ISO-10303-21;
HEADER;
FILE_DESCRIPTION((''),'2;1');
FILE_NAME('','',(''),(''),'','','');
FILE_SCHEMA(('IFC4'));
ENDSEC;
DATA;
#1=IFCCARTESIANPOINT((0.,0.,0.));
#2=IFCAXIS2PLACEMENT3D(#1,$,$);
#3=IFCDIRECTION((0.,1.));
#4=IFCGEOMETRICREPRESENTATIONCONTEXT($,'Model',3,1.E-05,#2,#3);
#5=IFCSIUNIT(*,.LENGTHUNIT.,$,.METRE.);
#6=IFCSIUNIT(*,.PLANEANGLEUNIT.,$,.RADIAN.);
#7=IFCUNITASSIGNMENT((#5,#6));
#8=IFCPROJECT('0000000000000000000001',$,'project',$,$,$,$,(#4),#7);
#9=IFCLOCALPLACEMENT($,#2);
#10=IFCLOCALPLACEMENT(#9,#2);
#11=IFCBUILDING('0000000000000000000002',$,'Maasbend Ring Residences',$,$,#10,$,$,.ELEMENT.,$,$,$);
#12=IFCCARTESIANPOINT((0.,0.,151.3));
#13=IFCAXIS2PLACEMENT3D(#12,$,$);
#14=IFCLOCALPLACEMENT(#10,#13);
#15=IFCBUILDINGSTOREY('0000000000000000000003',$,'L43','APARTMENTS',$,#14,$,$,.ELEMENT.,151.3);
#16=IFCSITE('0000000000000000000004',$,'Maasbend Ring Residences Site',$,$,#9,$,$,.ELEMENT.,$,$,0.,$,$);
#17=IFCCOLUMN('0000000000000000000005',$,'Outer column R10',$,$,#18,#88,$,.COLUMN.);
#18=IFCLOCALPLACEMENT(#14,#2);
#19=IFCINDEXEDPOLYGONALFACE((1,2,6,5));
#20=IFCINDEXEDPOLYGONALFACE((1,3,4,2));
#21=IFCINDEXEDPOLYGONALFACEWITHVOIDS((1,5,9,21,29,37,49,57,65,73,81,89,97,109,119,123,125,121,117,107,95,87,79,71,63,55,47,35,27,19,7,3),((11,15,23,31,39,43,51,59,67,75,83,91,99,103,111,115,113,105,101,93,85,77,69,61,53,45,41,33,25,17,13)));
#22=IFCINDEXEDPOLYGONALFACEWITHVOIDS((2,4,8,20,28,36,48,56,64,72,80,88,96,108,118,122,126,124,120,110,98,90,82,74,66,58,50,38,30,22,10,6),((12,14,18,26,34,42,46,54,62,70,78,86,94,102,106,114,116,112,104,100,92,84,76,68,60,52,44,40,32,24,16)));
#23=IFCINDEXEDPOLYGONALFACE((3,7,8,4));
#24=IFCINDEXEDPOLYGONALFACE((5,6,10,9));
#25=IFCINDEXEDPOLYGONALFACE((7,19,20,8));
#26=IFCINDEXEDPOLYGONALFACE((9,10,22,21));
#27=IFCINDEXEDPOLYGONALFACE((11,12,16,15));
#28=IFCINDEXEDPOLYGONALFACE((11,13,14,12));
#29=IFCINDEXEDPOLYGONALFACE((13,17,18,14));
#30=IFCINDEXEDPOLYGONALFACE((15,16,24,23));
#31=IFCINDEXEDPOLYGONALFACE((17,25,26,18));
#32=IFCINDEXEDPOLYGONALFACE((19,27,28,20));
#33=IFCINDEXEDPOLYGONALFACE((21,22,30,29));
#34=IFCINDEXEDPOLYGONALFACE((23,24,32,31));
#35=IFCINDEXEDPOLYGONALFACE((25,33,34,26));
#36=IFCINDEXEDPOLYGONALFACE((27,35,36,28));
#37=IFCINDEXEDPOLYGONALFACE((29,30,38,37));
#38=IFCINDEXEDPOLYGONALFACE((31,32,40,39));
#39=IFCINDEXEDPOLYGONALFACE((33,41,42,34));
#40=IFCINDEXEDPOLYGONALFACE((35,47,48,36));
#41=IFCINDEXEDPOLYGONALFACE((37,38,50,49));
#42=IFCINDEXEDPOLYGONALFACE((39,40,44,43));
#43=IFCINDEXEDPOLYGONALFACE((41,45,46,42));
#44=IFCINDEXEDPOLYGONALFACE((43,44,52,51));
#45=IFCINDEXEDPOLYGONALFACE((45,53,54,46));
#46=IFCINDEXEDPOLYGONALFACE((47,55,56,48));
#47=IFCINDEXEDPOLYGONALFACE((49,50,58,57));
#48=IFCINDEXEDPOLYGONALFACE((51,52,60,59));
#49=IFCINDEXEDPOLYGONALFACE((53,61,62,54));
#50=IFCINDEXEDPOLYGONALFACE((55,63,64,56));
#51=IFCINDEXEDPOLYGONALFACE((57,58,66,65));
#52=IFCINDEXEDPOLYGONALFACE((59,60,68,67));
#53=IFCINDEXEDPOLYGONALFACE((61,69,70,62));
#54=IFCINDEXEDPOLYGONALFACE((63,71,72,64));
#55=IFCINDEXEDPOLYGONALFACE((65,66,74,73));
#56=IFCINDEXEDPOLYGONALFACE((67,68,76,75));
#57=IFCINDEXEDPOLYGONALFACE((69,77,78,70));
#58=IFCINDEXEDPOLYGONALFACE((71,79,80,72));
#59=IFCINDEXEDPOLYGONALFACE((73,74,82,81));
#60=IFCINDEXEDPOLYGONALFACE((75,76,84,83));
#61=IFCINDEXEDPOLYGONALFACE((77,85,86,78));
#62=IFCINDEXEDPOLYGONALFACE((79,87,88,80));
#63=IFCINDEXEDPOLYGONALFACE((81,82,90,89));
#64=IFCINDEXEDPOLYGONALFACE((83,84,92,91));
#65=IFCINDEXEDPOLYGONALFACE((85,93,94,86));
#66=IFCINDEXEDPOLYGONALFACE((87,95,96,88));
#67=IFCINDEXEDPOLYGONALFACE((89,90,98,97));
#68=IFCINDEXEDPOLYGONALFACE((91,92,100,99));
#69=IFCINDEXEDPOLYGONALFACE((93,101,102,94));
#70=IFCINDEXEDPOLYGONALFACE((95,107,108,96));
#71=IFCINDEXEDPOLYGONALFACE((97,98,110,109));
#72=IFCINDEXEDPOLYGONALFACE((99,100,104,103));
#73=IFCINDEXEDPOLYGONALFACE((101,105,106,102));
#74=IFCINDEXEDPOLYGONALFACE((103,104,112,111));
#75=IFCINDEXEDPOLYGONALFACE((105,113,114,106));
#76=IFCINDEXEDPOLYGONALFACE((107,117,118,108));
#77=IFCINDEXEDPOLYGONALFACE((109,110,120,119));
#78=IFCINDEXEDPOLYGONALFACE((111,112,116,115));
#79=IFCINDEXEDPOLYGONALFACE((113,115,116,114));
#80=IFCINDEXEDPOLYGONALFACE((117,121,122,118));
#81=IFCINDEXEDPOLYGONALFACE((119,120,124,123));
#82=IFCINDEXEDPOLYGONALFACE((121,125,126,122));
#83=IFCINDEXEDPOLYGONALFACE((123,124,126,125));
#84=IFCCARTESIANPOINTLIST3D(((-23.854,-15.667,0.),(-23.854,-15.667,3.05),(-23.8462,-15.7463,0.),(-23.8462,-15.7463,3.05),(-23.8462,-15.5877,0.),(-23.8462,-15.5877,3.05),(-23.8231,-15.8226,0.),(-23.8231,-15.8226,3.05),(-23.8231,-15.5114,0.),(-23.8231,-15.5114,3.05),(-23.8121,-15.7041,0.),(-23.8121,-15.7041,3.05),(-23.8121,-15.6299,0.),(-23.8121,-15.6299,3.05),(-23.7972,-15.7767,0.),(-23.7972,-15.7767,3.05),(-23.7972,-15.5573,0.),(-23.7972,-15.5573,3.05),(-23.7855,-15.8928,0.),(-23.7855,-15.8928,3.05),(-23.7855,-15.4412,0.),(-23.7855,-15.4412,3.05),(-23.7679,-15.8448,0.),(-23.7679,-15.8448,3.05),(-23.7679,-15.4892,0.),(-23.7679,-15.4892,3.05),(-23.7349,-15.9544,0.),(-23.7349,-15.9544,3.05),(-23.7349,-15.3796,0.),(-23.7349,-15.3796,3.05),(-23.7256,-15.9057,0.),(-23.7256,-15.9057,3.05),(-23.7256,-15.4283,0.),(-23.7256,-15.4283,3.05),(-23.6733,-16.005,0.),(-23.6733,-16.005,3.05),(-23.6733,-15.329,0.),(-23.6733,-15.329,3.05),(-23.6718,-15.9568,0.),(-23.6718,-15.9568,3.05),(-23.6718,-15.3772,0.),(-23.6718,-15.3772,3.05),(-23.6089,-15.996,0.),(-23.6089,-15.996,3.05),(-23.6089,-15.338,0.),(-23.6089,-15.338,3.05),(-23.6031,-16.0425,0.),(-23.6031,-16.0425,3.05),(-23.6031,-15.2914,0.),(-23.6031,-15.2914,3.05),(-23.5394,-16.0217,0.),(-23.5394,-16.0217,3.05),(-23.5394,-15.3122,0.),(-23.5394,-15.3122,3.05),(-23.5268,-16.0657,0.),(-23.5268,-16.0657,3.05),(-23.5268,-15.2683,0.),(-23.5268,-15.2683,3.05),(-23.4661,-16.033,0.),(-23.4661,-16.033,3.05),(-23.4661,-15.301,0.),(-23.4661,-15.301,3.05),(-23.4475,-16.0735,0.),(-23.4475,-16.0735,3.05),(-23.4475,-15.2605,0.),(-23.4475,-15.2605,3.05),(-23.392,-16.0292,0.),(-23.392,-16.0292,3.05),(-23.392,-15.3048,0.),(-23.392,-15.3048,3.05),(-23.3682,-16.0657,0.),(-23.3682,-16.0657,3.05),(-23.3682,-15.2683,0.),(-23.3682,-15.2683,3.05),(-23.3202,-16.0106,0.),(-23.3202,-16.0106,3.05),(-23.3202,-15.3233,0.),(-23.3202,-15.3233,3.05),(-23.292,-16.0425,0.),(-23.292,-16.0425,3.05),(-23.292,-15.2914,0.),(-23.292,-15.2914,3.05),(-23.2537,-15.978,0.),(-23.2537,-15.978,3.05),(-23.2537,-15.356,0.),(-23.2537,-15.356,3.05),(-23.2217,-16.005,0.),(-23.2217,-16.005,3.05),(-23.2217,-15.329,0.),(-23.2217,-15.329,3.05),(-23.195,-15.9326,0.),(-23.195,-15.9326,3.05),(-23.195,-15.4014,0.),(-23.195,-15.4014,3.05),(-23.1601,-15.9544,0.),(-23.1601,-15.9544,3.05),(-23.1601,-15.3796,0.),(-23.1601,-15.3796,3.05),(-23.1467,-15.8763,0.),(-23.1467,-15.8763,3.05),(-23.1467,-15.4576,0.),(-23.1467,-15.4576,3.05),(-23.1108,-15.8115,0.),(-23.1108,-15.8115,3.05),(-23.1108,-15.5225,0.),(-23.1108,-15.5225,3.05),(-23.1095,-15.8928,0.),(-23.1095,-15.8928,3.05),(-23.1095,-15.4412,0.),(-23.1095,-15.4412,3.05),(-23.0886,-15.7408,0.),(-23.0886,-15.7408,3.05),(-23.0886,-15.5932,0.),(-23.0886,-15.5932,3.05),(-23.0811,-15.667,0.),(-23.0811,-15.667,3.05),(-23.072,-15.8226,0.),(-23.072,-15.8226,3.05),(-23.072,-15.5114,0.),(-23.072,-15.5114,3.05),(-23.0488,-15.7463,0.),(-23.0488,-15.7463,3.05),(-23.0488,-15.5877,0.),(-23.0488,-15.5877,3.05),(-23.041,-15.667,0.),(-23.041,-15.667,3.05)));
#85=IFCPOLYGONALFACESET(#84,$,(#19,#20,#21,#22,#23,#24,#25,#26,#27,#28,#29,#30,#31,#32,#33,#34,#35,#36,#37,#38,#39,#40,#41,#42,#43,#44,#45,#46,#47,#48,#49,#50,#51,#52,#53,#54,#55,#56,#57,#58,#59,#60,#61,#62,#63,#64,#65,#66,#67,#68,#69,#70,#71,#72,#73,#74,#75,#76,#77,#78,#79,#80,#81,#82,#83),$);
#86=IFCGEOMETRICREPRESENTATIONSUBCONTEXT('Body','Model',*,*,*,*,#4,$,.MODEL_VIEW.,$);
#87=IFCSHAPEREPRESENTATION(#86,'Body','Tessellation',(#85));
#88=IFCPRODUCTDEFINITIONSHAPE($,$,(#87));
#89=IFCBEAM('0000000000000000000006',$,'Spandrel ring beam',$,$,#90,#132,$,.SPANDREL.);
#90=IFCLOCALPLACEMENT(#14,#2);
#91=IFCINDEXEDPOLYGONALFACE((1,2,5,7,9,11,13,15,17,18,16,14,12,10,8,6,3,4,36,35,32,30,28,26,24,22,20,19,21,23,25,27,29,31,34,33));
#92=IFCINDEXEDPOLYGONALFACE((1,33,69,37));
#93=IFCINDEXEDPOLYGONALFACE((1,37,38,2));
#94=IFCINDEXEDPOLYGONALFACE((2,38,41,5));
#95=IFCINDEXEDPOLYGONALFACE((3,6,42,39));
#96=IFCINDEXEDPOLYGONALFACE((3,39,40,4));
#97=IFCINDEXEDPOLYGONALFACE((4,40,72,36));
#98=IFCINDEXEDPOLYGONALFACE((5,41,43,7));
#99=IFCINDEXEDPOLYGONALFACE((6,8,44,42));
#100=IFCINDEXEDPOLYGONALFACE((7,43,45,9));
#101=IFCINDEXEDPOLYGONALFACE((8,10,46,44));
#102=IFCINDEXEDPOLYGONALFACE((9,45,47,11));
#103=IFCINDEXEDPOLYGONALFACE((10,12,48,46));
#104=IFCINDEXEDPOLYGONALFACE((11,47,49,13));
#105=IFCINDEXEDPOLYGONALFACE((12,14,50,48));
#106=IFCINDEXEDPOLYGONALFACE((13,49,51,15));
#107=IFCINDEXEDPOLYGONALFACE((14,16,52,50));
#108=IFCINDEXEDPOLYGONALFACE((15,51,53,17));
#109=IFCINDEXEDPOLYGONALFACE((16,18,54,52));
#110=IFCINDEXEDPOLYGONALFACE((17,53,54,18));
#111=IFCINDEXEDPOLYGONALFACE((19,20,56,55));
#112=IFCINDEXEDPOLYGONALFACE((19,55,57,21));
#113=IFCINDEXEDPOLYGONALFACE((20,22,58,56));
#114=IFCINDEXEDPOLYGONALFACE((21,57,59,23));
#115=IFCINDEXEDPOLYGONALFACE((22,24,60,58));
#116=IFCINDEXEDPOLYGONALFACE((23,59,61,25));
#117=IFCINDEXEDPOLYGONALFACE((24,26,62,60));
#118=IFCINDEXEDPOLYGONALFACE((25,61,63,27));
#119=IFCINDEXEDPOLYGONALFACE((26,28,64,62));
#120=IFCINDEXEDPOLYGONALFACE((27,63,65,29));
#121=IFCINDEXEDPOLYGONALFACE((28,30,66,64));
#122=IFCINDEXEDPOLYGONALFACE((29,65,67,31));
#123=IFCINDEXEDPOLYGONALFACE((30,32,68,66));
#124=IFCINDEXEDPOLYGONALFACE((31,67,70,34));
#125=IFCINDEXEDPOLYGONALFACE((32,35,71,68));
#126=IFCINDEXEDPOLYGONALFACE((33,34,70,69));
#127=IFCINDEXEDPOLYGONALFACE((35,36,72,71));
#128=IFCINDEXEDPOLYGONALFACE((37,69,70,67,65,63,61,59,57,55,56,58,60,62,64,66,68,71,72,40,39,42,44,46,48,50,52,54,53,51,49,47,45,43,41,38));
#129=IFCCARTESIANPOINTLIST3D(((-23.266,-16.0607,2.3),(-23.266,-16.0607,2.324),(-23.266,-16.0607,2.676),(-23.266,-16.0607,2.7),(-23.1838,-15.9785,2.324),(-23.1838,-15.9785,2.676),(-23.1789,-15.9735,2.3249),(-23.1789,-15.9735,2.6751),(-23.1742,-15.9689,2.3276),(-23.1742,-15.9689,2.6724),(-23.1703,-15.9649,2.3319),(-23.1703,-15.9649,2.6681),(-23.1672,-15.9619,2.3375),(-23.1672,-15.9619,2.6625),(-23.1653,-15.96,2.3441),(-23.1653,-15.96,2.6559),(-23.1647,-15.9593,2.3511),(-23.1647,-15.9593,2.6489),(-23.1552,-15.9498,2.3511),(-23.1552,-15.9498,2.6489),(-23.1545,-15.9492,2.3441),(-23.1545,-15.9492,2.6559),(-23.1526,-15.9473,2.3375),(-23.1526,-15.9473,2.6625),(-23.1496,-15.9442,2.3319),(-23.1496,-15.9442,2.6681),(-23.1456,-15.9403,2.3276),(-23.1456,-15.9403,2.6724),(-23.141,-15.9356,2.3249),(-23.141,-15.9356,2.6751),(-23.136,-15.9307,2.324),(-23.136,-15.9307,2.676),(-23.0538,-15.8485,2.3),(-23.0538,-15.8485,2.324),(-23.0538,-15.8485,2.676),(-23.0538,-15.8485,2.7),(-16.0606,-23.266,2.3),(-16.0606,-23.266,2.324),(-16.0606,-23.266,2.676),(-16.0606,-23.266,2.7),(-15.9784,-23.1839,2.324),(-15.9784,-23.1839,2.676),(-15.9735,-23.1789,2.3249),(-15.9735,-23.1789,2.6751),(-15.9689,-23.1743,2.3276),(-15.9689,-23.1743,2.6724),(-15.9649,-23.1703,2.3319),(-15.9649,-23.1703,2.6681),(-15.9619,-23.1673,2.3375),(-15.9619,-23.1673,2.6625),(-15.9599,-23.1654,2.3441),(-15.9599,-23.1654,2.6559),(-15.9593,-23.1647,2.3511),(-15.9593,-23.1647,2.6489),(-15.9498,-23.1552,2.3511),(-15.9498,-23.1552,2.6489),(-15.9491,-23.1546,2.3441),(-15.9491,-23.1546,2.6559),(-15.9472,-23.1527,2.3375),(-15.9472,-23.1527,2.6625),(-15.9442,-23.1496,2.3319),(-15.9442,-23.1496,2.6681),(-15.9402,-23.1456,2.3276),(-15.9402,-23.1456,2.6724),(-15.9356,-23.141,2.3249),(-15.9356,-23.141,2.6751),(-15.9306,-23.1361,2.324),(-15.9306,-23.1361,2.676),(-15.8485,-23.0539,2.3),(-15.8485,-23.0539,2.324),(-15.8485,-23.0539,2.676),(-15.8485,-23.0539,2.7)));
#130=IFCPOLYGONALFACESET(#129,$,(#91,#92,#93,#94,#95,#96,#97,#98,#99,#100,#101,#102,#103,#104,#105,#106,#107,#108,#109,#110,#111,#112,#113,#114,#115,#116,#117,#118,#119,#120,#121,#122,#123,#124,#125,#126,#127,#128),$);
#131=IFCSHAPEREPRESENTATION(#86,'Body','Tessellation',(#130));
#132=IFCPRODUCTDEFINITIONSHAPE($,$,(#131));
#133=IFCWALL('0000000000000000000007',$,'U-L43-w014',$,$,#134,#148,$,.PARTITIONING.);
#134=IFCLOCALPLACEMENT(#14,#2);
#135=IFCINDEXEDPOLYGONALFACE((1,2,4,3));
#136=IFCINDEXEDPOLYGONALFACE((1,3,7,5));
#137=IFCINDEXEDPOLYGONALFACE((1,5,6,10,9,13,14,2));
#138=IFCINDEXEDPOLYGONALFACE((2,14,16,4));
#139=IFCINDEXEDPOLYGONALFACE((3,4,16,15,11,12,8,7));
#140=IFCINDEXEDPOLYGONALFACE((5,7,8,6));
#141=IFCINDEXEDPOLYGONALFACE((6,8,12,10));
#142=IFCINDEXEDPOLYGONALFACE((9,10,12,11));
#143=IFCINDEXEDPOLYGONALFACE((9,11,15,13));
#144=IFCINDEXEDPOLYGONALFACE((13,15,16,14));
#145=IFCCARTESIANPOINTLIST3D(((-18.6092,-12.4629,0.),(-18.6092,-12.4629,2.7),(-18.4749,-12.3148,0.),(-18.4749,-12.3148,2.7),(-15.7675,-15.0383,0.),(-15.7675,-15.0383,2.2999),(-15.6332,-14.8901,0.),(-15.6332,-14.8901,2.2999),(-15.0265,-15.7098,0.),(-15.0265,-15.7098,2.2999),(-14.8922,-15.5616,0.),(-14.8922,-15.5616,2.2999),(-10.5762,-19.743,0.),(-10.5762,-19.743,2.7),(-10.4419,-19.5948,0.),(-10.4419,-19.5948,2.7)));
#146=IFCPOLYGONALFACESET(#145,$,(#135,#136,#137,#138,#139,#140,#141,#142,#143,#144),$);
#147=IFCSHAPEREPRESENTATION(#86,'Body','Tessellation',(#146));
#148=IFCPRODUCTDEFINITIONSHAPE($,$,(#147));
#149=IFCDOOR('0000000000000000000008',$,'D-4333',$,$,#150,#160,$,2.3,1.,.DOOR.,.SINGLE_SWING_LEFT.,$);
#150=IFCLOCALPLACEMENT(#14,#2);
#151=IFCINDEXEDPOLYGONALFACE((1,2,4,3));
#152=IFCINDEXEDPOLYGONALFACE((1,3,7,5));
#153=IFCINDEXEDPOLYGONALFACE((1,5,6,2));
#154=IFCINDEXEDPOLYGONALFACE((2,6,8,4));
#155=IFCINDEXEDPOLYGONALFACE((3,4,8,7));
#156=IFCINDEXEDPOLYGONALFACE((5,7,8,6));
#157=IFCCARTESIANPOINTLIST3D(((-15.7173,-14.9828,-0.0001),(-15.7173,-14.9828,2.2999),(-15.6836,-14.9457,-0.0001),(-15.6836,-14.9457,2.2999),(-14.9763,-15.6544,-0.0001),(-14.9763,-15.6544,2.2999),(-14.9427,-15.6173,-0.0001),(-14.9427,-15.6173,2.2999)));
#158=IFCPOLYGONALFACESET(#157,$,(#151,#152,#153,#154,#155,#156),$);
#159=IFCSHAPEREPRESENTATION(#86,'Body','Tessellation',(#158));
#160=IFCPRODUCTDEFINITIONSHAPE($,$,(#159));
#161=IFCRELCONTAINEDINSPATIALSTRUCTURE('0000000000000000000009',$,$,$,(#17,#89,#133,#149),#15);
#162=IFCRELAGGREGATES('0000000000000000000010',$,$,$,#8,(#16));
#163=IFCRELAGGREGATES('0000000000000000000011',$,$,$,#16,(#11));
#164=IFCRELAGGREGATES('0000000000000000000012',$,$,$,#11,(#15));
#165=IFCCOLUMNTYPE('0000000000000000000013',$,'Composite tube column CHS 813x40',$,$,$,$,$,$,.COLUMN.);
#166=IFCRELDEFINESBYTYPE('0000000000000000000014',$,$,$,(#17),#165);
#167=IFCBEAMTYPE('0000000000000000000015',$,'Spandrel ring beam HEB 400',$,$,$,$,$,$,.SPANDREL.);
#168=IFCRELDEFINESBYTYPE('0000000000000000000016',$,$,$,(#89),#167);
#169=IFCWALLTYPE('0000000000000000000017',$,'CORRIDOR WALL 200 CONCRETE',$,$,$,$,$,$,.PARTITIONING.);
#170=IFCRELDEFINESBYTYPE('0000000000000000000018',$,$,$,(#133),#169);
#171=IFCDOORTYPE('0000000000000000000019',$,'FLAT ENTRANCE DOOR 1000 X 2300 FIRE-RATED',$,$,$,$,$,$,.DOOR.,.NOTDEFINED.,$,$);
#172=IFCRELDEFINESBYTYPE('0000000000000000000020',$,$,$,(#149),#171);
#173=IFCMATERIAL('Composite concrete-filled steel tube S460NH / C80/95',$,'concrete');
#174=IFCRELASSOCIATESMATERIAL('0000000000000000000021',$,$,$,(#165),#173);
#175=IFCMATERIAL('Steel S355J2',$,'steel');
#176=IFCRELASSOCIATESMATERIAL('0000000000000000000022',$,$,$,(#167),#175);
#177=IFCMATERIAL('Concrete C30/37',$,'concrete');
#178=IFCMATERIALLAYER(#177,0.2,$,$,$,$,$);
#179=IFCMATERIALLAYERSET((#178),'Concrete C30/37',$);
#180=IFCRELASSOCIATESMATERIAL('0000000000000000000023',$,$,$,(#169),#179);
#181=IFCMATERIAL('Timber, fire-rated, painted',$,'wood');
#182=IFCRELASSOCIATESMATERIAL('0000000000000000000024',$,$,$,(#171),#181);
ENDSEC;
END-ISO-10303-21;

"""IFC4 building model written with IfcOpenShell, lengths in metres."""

from ifc_helpers import new_model, si_unit, direction, frame, frame_2d, origin, origin_2d, place, context, subcontext, project, spatial, rectangle, hollow_circle, i_section, extrude, material, layer, layer_set, material_profile, profile_set, type_object, element, fill, save


model = new_model("IFC4")

# Units and contexts
model_context = context("Model", 3, precision=1e-05, world=origin(), true_north=direction((0.0, 1.0)))
body_context = subcontext(model_context, "Body", "Model", "MODEL_VIEW")
ifc_project = project(units=[si_unit("LENGTHUNIT", "METRE"), si_unit("PLANEANGLEUNIT", "RADIAN")], contexts=[model_context])

# Site, building, storey
site_placement = place(None, origin())
site = spatial("IfcSite", under=ifc_project, at=site_placement, Name="Maasbend Ring Residences Site", CompositionType="ELEMENT", RefElevation=0.0)
building_placement = place(site_placement, origin())
building = spatial("IfcBuilding", under=site, at=building_placement, Name="Maasbend Ring Residences", CompositionType="ELEMENT")
storey_placement = place(building_placement, frame((0.0, 0.0, 151.3)))
storey = spatial("IfcBuildingStorey", under=building, at=storey_placement, Name="L43", Description="APARTMENTS", CompositionType="ELEMENT", Elevation=151.3)

# Column
ifc_material_1 = material(Name="Composite concrete-filled steel tube S460NH / C80/95", Category="concrete")
ifc_material_profile_1 = material_profile(ifc_material_1, hollow_circle(Radius=0.4065, WallThickness=0.04, at=origin_2d()), Name="Composite tube column CHS 813x40")
ifc_profile_set_1 = profile_set([ifc_material_profile_1], Name="Composite concrete-filled steel tube S460NH / C80/95")
column_type = type_object("IfcColumnType", Name="Composite tube column CHS 813x40", PredefinedType="COLUMN", material=ifc_profile_set_1)
column_placement = place(storey_placement, frame((-23.4475, -15.667, 0.0), z_axis=(0.0, 0.0, 1.0), x_axis=(1.0, 0.0, 0.0)))
element("IfcColumn", 1, at=column_placement, inside=storey, type_object=column_type, Name="Outer column R10", PredefinedType="COLUMN", context=body_context, shape_type="SweptSolid", body=[
    extrude(hollow_circle(Radius=0.4065, WallThickness=0.04, at=origin_2d()), origin(), (0.0, 0.0, 1.0), 3.05),
])

# Beam
ifc_material_2 = material(Name="Steel S355J2", Category="steel")
ifc_material_profile_2 = material_profile(ifc_material_2, i_section(OverallWidth=0.3, OverallDepth=0.3999, WebThickness=0.0134, FlangeThickness=0.0239, FilletRadius=0.0271, at=origin_2d()), Name="HEB 400")
ifc_profile_set_2 = profile_set([ifc_material_profile_2], Name="Steel S355J2")
beam_type = type_object("IfcBeamType", Name="Spandrel ring beam HEB 400", PredefinedType="SPANDREL", material=ifc_profile_set_2)
beam_placement = place(storey_placement, frame((-23.1599, -15.9546, 2.5), z_axis=(0.707107, -0.707107, 0.0), x_axis=(0.707107, 0.707107, 0.0)))
element("IfcBeam", 2, at=beam_placement, inside=storey, type_object=beam_type, Name="Spandrel ring beam", PredefinedType="SPANDREL", context=body_context, shape_type="SweptSolid", body=[
    extrude(i_section(OverallWidth=0.3, OverallDepth=0.3999, WebThickness=0.0134, FlangeThickness=0.0239, FilletRadius=0.0271, at=origin_2d()), origin(), (0.0, 0.0, 1.0), 10.1899),
])

# Wall, opening, door
ifc_material_3 = material(Name="Concrete C30/37", Category="concrete")
ifc_layer_1 = layer(ifc_material_3, 0.2)
ifc_layer_set_1 = layer_set([ifc_layer_1], Name="Concrete C30/37")
wall_type_1 = type_object("IfcWallType", Name="CORRIDOR WALL 200 CONCRETE", PredefinedType="PARTITIONING", material=ifc_layer_set_1)
wall_1_placement = place(storey_placement, frame((-18.542, -12.3889, 0.0), z_axis=(0.0, 0.0, 1.0), x_axis=(0.74098, -0.671528, 0.0)))
wall_1 = element("IfcWall", 3, at=wall_1_placement, inside=storey, type_object=wall_type_1, Name="U-L43-w014", PredefinedType="PARTITIONING", context=body_context, shape_type="SweptSolid", body=[
    extrude(rectangle(XDim=10.8411, YDim=0.2, at=frame_2d((5.4204, 0.0))), origin(), (0.0, 0.0, 1.0), 2.7),
])
opening_1_placement = place(wall_1_placement, frame((3.835, 0.0, 0.0)))
opening_1 = element("IfcOpeningElement", 4, at=opening_1_placement, cuts=wall_1, PredefinedType="OPENING", context=body_context, shape_type="SweptSolid", body=[
    extrude(rectangle(XDim=1.0, YDim=2.3, at=frame_2d((0.5, 1.1499))), frame((0.0, 0.1099, 0.0), z_axis=(0.0, -1.0, 0.0), x_axis=(1.0, 0.0, 0.0)), (0.0, 0.0, 1.0), 0.22),
])
ifc_material_4 = material(Name="Timber, fire-rated, painted", Category="wood")
door_type_1 = type_object("IfcDoorType", Name="FLAT ENTRANCE DOOR 1000 X 2300 FIRE-RATED", OperationType="NOTDEFINED", PredefinedType="DOOR", material=ifc_material_4)
door_1_placement = place(opening_1_placement, origin())
door_1 = element("IfcDoor", 5, at=door_1_placement, inside=storey, type_object=door_type_1, Name="D-4333", OperationType="SINGLE_SWING_LEFT", OverallHeight=2.3, OverallWidth=1.0, PredefinedType="DOOR", context=body_context, shape_type="SweptSolid", body=[
    extrude(rectangle(XDim=1.0, YDim=2.3, at=frame_2d((0.5, 1.1499))), frame((0.0, 0.0249, 0.0), z_axis=(0.0, -1.0, 0.0), x_axis=(1.0, 0.0, 0.0)), (0.0, 0.0, 1.0), 0.05),
])
fill(opening_1, door_1)

save(model, "model.ifc")
